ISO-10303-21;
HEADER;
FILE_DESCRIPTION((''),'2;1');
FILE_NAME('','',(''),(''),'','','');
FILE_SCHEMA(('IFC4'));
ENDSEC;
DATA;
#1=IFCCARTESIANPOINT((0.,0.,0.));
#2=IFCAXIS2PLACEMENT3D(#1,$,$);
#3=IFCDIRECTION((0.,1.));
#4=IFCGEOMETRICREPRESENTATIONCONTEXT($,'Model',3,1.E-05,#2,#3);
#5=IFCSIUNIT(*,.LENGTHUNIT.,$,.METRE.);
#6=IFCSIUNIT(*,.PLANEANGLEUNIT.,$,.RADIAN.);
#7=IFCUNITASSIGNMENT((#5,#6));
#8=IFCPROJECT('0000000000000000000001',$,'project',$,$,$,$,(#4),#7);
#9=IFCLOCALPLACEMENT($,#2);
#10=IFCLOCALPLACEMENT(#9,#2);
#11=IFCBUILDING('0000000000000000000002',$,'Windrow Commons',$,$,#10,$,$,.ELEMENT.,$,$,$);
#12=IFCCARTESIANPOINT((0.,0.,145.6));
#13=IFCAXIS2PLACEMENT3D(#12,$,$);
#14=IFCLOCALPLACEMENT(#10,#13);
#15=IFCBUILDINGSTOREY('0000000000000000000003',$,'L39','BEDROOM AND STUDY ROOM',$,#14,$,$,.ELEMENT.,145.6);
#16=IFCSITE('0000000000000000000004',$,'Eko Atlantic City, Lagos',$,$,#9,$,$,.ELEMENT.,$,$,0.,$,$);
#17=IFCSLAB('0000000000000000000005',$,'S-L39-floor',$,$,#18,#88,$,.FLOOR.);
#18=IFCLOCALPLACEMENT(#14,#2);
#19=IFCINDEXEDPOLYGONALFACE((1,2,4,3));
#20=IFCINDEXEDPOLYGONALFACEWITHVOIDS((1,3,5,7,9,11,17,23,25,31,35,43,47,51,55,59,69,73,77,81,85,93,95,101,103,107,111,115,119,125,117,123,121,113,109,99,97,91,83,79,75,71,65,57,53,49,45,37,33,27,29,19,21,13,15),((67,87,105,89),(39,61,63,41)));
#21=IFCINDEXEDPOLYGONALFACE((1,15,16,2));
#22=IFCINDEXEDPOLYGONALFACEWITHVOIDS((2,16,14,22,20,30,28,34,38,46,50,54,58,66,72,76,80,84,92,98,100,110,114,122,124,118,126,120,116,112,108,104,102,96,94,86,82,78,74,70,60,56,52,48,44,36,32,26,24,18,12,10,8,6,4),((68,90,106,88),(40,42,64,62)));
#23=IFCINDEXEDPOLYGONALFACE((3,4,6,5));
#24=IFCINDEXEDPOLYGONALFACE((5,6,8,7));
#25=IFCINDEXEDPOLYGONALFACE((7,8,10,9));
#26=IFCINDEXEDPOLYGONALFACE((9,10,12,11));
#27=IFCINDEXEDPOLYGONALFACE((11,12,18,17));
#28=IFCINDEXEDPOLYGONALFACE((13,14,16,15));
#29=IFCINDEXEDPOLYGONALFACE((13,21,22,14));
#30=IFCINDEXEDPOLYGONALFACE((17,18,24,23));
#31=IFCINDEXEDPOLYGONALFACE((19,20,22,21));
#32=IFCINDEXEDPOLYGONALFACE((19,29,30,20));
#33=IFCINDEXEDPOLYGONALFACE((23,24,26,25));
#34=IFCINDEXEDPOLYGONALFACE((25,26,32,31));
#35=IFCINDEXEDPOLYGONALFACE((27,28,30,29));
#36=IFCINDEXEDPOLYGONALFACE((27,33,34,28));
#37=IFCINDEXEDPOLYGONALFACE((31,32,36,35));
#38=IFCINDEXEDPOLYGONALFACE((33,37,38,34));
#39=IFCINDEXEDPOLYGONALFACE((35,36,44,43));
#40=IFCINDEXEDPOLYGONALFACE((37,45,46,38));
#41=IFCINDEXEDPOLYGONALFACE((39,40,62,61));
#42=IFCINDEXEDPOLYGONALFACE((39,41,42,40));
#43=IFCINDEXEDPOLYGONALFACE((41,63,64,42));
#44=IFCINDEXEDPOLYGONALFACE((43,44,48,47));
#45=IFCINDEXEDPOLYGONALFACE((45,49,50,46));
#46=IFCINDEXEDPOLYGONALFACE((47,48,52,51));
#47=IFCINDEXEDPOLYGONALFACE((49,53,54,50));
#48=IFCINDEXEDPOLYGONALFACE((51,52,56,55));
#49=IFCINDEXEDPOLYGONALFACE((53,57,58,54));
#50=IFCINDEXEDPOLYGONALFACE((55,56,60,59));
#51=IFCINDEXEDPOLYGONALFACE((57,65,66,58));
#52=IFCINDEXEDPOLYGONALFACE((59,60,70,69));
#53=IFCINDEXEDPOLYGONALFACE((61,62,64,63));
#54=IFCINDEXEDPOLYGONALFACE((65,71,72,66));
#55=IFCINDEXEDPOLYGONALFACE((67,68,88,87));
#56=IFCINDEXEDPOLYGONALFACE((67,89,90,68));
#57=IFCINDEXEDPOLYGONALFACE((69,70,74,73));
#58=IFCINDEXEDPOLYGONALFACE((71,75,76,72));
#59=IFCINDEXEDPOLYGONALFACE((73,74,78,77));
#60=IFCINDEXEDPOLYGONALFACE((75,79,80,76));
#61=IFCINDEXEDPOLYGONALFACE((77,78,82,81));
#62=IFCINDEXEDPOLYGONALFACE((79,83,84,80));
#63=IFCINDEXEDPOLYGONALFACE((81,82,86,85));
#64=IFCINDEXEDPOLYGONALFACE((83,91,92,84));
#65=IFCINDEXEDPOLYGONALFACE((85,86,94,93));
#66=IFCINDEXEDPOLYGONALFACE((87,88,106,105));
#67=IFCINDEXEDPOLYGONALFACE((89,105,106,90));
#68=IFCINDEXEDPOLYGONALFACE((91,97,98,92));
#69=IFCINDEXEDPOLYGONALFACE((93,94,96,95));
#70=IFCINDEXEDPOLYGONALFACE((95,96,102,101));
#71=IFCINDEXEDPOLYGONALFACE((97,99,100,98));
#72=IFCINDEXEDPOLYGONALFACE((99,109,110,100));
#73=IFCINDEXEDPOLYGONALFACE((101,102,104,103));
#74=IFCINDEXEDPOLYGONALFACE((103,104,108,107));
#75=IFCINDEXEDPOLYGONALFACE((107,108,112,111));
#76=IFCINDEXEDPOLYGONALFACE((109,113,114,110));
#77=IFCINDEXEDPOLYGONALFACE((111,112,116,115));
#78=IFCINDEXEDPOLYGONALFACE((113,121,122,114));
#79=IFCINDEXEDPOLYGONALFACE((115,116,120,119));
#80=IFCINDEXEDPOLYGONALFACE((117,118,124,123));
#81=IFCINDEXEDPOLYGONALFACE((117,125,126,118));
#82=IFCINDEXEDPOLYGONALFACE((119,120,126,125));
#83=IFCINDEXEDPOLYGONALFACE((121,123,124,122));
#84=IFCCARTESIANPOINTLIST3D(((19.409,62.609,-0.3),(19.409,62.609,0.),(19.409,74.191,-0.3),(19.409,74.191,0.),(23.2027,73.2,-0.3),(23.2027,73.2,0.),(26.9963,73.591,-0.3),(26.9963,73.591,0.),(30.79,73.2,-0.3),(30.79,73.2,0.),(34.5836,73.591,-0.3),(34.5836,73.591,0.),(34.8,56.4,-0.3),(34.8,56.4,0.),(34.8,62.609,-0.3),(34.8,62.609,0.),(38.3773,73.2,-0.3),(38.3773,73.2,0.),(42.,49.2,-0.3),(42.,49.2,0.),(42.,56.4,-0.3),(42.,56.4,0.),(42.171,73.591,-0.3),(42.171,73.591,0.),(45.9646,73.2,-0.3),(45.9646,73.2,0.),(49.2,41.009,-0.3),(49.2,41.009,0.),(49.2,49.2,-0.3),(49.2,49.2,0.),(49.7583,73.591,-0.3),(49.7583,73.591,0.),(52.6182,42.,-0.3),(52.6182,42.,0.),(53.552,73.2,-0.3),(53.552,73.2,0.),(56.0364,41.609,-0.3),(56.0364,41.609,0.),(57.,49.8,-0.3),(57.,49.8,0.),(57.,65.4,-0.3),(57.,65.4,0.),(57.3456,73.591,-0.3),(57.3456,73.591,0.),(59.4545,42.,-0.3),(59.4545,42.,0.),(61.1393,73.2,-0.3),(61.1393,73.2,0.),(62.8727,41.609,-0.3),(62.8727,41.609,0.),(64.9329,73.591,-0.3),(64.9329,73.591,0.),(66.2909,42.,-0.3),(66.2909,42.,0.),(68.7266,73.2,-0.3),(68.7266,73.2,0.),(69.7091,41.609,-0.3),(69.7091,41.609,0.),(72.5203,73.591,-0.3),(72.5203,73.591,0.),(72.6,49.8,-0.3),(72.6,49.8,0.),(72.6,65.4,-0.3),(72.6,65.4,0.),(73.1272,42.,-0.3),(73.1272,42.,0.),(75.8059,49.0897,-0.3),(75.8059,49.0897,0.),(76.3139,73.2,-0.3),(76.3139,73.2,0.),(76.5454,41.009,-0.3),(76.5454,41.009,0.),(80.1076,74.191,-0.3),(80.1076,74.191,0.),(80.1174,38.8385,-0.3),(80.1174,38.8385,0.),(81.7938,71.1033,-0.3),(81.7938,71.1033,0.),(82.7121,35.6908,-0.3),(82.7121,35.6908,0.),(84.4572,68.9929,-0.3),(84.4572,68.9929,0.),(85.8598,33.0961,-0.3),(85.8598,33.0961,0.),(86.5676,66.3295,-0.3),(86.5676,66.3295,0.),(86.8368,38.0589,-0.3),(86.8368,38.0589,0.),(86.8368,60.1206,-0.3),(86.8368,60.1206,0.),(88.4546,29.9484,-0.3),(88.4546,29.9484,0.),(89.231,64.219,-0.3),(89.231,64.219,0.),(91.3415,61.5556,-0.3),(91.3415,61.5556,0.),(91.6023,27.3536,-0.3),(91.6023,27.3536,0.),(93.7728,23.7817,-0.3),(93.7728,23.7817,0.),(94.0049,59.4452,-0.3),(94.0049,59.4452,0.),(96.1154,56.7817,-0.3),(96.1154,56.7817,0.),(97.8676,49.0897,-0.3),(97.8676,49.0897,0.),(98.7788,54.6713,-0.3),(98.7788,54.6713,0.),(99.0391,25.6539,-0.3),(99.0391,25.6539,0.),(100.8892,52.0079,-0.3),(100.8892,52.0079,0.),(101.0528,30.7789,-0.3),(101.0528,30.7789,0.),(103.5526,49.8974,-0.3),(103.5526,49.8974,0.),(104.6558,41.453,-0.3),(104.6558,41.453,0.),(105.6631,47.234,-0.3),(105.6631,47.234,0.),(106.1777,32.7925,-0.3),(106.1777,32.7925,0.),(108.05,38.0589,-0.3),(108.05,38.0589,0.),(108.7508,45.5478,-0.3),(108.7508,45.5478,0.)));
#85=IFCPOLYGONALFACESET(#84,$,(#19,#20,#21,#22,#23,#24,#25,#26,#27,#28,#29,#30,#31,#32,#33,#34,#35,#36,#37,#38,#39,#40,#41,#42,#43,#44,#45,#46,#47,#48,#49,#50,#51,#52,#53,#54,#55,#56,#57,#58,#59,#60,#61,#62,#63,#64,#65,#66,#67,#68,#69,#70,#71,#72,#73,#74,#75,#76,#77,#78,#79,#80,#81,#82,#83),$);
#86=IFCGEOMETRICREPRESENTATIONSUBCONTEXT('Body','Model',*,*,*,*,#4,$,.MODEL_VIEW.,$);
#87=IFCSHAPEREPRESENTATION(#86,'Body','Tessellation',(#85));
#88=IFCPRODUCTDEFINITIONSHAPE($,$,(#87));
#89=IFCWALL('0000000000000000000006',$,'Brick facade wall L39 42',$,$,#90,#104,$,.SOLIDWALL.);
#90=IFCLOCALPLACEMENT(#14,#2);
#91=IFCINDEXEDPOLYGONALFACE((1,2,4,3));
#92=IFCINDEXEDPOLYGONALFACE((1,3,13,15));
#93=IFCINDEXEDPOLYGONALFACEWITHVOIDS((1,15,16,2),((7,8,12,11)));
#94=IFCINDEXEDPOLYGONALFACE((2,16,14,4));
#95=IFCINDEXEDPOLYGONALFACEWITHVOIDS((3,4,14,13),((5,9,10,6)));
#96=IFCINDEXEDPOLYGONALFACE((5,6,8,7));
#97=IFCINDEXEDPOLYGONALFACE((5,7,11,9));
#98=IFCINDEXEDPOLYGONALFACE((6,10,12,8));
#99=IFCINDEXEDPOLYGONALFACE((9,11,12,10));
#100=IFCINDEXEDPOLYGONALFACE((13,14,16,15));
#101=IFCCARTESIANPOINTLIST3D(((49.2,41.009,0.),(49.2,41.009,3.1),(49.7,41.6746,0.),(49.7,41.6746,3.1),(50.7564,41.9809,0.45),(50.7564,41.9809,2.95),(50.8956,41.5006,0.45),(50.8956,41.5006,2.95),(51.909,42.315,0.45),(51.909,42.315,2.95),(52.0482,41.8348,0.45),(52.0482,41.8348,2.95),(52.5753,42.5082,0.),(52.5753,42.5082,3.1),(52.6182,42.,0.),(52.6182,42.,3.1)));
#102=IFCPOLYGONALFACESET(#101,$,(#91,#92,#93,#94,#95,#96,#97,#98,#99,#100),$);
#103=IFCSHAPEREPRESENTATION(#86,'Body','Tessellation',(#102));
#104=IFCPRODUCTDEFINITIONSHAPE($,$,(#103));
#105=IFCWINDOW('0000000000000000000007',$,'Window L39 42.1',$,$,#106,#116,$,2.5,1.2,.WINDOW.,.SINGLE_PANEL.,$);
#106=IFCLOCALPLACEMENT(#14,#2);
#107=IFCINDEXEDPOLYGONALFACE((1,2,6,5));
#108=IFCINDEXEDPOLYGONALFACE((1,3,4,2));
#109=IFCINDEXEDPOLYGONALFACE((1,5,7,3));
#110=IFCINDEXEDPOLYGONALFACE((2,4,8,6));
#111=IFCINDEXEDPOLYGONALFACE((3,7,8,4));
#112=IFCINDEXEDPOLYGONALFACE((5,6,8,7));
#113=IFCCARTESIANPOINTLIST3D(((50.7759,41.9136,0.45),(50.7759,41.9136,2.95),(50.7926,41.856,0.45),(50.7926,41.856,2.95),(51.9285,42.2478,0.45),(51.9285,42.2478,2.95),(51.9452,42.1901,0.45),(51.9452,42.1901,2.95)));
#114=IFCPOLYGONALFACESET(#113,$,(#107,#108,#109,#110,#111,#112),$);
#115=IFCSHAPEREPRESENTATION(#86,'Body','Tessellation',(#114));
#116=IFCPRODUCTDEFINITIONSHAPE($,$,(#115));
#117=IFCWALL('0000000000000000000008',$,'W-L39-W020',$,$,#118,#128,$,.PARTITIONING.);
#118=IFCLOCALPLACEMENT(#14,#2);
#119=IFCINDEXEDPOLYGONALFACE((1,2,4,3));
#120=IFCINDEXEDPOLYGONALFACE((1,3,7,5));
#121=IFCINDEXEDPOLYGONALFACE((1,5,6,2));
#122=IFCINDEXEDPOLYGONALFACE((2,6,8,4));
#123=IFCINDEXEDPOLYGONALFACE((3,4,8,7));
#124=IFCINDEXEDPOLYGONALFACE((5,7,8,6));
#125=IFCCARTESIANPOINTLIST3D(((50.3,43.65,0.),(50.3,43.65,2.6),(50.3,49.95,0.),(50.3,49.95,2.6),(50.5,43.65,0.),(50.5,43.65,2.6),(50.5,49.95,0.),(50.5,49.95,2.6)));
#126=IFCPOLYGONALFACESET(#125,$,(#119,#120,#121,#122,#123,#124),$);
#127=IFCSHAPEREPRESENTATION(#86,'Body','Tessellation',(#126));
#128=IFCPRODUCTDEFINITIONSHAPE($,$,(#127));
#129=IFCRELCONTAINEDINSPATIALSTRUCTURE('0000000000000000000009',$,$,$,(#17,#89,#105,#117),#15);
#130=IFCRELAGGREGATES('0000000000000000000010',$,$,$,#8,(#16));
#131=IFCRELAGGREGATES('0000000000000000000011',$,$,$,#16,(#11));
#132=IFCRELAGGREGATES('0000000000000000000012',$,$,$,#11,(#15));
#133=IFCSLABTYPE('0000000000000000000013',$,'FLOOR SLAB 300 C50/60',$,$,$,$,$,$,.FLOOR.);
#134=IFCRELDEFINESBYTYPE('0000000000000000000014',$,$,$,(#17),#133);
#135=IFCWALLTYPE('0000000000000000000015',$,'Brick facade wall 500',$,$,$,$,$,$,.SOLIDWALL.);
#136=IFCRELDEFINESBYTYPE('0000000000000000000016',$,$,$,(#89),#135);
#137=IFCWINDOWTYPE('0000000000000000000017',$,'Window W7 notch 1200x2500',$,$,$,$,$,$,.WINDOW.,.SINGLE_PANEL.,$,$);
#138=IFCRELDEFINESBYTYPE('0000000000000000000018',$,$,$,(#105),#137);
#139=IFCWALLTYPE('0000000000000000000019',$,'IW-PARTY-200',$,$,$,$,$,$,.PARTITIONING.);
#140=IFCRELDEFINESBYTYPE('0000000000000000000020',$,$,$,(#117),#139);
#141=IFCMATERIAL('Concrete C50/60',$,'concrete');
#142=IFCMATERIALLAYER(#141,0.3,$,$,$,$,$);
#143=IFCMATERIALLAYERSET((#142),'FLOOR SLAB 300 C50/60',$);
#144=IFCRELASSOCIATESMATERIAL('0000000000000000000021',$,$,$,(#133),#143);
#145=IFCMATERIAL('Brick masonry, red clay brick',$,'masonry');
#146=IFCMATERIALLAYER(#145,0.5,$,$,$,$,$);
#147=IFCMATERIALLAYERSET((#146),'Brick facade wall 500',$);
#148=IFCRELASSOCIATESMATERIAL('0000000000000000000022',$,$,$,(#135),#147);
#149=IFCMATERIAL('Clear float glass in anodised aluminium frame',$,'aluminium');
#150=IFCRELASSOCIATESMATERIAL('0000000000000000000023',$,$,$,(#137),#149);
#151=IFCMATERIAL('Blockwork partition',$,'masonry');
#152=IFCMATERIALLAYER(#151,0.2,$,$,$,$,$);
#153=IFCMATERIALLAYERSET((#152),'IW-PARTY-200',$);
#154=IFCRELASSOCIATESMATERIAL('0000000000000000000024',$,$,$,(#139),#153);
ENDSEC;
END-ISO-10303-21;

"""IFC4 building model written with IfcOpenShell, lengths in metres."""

from ifc_helpers import new_model, si_unit, direction, frame, frame_2d, origin, place, context, subcontext, project, spatial, polyline, rectangle, outline, extrude, material, layer, layer_set, type_object, element, fill, save


model = new_model("IFC4")

# Units and contexts
model_context = context("Model", 3, precision=1e-05, world=origin(), true_north=direction((0.0, 1.0)))
body_context = subcontext(model_context, "Body", "Model", "MODEL_VIEW")
ifc_project = project(units=[si_unit("LENGTHUNIT", "METRE"), si_unit("PLANEANGLEUNIT", "RADIAN")], contexts=[model_context])

# Site, building, storey
site_placement = place(None, origin())
site = spatial("IfcSite", under=ifc_project, at=site_placement, Name="Eko Atlantic City, Lagos", CompositionType="ELEMENT", RefElevation=0.0)
building_placement = place(site_placement, origin())
building = spatial("IfcBuilding", under=site, at=building_placement, Name="Windrow Commons", CompositionType="ELEMENT")
storey_placement = place(building_placement, frame((0.0, 0.0, 145.6)))
storey = spatial("IfcBuildingStorey", under=building, at=storey_placement, Name="L39", Description="BEDROOM AND STUDY ROOM", CompositionType="ELEMENT", Elevation=145.6)

# Shared definitions
placement_1 = place(storey_placement, frame((0.0, 0.0, -0.3)))

# Slab, openings
ifc_material_1 = material(Name="Concrete C50/60", Category="concrete")
ifc_layer_1 = layer(ifc_material_1, 0.3)
ifc_layer_set_1 = layer_set([ifc_layer_1], Name="FLOOR SLAB 300 C50/60")
slab_type_1 = type_object("IfcSlabType", Name="FLOOR SLAB 300 C50/60", PredefinedType="FLOOR", material=ifc_layer_set_1)
slab_1 = element("IfcSlab", 1, at=placement_1, inside=storey, type_object=slab_type_1, Name="S-L39-floor", PredefinedType="FLOOR", context=body_context, shape_type="SweptSolid", body=[
    extrude(outline(polyline([(91.6023, 27.3536), (93.7728, 23.7817), (99.0391, 25.6539), (101.0528, 30.7789), (106.1777, 32.7925), (108.05, 38.0589), (104.6558, 41.453), (108.7508, 45.5478), (105.6631, 47.234), (103.5526, 49.8974), (100.8892, 52.0079), (98.7788, 54.6713), (96.1154, 56.7817), (94.0049, 59.4452), (91.3415, 61.5556), (89.231, 64.219), (86.5676, 66.3295), (84.4572, 68.9929), (81.7938, 71.1033), (80.1076, 74.191), (76.3139, 73.2), (72.5203, 73.591), (68.7266, 73.2), (64.9329, 73.591), (61.1393, 73.2), (57.3456, 73.591), (53.552, 73.2), (49.7583, 73.591), (45.9646, 73.2), (42.171, 73.591), (38.3773, 73.2), (34.5836, 73.591), (30.79, 73.2), (26.9963, 73.591), (23.2027, 73.2), (19.409, 74.191), (19.409, 62.609), (34.8, 62.609), (34.8, 56.4), (42.0, 56.4), (42.0, 49.2), (49.2, 49.2), (49.2, 41.009), (52.6182, 42.0), (56.0364, 41.609), (59.4545, 42.0), (62.8727, 41.609), (66.2909, 42.0), (69.7091, 41.609), (73.1272, 42.0), (76.5454, 41.009), (80.1174, 38.8385), (82.7121, 35.6908), (85.8598, 33.0961), (88.4546, 29.9484), (91.6023, 27.3536)]), holes=[polyline([(75.8059, 49.0897), (86.8368, 60.1206), (97.8676, 49.0897), (86.8368, 38.0589), (75.8059, 49.0897)]), polyline([(57.0, 49.8), (57.0, 65.4), (72.6, 65.4), (72.6, 49.8), (57.0, 49.8)])]), origin(), (0.0, 0.0, 1.0), 0.3),
])
opening_1_placement = place(placement_1, origin())
element("IfcOpeningElement", 2, at=opening_1_placement, cuts=slab_1, PredefinedType="OPENING", context=body_context, shape_type="SweptSolid", body=[
    extrude(outline(polyline([(75.813, 49.0897), (86.8368, 60.1135), (97.8605, 49.0897), (86.8368, 38.066), (75.813, 49.0897)])), origin(), (0.0, 0.0, 1.0), 0.3),
])
opening_2_placement = place(placement_1, origin())
element("IfcOpeningElement", 3, at=opening_2_placement, cuts=slab_1, PredefinedType="OPENING", context=body_context, shape_type="SweptSolid", body=[
    extrude(outline(polyline([(57.005, 49.805), (57.005, 65.395), (72.595, 65.395), (72.595, 49.805), (57.005, 49.805)])), origin(), (0.0, 0.0, 1.0), 0.3),
])

# Wall, opening, window
ifc_material_2 = material(Name="Brick masonry, red clay brick", Category="masonry")
ifc_layer_2 = layer(ifc_material_2, 0.5)
ifc_layer_set_2 = layer_set([ifc_layer_2], Name="Brick facade wall 500")
wall_type_1 = type_object("IfcWallType", Name="Brick facade wall 500", PredefinedType="SOLIDWALL", material=ifc_layer_set_2)
wall_1_placement = place(storey_placement, frame((49.45, 41.3418, 0.0), z_axis=(0.0, 0.0, 1.0), x_axis=(0.960449, 0.278456, 0.0)))
wall_1 = element("IfcWall", 4, at=wall_1_placement, inside=storey, type_object=wall_type_1, Name="Brick facade wall L39 42", PredefinedType="SOLIDWALL", context=body_context, shape_type="SweptSolid", body=[
    extrude(outline(polyline([(-0.3328, -0.25), (3.2262, -0.25), (3.3265, 0.25), (0.3328, 0.25), (-0.3328, -0.25)])), origin(), (0.0, 0.0, 1.0), 3.1),
])
opening_3_placement = place(wall_1_placement, frame((1.4327, 0.0, 0.45)))
opening_3 = element("IfcOpeningElement", 5, at=opening_3_placement, cuts=wall_1, PredefinedType="OPENING", context=body_context, shape_type="SweptSolid", body=[
    extrude(rectangle(XDim=1.2, YDim=2.5, at=frame_2d((0.6, 1.25))), frame((0.0, 0.26, 0.0), z_axis=(0.0, -1.0, 0.0), x_axis=(1.0, 0.0, 0.0)), (0.0, 0.0, 1.0), 0.52),
])
ifc_material_3 = material(Name="Clear float glass in anodised aluminium frame", Category="aluminium")
window_type = type_object("IfcWindowType", Name="Window W7 notch 1200x2500", PartitioningType="SINGLE_PANEL", PredefinedType="WINDOW", material=ifc_material_3)
window_placement = place(opening_3_placement, origin())
window = element("IfcWindow", 6, at=window_placement, inside=storey, type_object=window_type, Name="Window L39 42.1", OverallHeight=2.5, OverallWidth=1.2, PartitioningType="SINGLE_PANEL", PredefinedType="WINDOW", context=body_context, shape_type="SweptSolid", body=[
    extrude(rectangle(XDim=1.2, YDim=2.5, at=frame_2d((0.6, 1.25))), frame((0.0, 0.18, 0.0), z_axis=(0.0, -1.0, 0.0), x_axis=(1.0, 0.0, 0.0)), (0.0, 0.0, 1.0), 0.06),
])
fill(opening_3, window)

# Wall
ifc_material_4 = material(Name="Blockwork partition", Category="masonry")
ifc_layer_3 = layer(ifc_material_4, 0.2)
ifc_layer_set_3 = layer_set([ifc_layer_3], Name="IW-PARTY-200")
wall_type_2 = type_object("IfcWallType", Name="IW-PARTY-200", PredefinedType="PARTITIONING", material=ifc_layer_set_3)
wall_2_placement = place(storey_placement, frame((50.4, 43.65, 0.0), z_axis=(0.0, 0.0, 1.0), x_axis=(0.0, 1.0, 0.0)))
element("IfcWall", 7, at=wall_2_placement, inside=storey, type_object=wall_type_2, Name="W-L39-W020", PredefinedType="PARTITIONING", context=body_context, shape_type="SweptSolid", body=[
    extrude(rectangle(XDim=6.3, YDim=0.2, at=frame_2d((3.15, 0.0))), origin(), (0.0, 0.0, 1.0), 2.6),
])

save(model, "model.ifc")
